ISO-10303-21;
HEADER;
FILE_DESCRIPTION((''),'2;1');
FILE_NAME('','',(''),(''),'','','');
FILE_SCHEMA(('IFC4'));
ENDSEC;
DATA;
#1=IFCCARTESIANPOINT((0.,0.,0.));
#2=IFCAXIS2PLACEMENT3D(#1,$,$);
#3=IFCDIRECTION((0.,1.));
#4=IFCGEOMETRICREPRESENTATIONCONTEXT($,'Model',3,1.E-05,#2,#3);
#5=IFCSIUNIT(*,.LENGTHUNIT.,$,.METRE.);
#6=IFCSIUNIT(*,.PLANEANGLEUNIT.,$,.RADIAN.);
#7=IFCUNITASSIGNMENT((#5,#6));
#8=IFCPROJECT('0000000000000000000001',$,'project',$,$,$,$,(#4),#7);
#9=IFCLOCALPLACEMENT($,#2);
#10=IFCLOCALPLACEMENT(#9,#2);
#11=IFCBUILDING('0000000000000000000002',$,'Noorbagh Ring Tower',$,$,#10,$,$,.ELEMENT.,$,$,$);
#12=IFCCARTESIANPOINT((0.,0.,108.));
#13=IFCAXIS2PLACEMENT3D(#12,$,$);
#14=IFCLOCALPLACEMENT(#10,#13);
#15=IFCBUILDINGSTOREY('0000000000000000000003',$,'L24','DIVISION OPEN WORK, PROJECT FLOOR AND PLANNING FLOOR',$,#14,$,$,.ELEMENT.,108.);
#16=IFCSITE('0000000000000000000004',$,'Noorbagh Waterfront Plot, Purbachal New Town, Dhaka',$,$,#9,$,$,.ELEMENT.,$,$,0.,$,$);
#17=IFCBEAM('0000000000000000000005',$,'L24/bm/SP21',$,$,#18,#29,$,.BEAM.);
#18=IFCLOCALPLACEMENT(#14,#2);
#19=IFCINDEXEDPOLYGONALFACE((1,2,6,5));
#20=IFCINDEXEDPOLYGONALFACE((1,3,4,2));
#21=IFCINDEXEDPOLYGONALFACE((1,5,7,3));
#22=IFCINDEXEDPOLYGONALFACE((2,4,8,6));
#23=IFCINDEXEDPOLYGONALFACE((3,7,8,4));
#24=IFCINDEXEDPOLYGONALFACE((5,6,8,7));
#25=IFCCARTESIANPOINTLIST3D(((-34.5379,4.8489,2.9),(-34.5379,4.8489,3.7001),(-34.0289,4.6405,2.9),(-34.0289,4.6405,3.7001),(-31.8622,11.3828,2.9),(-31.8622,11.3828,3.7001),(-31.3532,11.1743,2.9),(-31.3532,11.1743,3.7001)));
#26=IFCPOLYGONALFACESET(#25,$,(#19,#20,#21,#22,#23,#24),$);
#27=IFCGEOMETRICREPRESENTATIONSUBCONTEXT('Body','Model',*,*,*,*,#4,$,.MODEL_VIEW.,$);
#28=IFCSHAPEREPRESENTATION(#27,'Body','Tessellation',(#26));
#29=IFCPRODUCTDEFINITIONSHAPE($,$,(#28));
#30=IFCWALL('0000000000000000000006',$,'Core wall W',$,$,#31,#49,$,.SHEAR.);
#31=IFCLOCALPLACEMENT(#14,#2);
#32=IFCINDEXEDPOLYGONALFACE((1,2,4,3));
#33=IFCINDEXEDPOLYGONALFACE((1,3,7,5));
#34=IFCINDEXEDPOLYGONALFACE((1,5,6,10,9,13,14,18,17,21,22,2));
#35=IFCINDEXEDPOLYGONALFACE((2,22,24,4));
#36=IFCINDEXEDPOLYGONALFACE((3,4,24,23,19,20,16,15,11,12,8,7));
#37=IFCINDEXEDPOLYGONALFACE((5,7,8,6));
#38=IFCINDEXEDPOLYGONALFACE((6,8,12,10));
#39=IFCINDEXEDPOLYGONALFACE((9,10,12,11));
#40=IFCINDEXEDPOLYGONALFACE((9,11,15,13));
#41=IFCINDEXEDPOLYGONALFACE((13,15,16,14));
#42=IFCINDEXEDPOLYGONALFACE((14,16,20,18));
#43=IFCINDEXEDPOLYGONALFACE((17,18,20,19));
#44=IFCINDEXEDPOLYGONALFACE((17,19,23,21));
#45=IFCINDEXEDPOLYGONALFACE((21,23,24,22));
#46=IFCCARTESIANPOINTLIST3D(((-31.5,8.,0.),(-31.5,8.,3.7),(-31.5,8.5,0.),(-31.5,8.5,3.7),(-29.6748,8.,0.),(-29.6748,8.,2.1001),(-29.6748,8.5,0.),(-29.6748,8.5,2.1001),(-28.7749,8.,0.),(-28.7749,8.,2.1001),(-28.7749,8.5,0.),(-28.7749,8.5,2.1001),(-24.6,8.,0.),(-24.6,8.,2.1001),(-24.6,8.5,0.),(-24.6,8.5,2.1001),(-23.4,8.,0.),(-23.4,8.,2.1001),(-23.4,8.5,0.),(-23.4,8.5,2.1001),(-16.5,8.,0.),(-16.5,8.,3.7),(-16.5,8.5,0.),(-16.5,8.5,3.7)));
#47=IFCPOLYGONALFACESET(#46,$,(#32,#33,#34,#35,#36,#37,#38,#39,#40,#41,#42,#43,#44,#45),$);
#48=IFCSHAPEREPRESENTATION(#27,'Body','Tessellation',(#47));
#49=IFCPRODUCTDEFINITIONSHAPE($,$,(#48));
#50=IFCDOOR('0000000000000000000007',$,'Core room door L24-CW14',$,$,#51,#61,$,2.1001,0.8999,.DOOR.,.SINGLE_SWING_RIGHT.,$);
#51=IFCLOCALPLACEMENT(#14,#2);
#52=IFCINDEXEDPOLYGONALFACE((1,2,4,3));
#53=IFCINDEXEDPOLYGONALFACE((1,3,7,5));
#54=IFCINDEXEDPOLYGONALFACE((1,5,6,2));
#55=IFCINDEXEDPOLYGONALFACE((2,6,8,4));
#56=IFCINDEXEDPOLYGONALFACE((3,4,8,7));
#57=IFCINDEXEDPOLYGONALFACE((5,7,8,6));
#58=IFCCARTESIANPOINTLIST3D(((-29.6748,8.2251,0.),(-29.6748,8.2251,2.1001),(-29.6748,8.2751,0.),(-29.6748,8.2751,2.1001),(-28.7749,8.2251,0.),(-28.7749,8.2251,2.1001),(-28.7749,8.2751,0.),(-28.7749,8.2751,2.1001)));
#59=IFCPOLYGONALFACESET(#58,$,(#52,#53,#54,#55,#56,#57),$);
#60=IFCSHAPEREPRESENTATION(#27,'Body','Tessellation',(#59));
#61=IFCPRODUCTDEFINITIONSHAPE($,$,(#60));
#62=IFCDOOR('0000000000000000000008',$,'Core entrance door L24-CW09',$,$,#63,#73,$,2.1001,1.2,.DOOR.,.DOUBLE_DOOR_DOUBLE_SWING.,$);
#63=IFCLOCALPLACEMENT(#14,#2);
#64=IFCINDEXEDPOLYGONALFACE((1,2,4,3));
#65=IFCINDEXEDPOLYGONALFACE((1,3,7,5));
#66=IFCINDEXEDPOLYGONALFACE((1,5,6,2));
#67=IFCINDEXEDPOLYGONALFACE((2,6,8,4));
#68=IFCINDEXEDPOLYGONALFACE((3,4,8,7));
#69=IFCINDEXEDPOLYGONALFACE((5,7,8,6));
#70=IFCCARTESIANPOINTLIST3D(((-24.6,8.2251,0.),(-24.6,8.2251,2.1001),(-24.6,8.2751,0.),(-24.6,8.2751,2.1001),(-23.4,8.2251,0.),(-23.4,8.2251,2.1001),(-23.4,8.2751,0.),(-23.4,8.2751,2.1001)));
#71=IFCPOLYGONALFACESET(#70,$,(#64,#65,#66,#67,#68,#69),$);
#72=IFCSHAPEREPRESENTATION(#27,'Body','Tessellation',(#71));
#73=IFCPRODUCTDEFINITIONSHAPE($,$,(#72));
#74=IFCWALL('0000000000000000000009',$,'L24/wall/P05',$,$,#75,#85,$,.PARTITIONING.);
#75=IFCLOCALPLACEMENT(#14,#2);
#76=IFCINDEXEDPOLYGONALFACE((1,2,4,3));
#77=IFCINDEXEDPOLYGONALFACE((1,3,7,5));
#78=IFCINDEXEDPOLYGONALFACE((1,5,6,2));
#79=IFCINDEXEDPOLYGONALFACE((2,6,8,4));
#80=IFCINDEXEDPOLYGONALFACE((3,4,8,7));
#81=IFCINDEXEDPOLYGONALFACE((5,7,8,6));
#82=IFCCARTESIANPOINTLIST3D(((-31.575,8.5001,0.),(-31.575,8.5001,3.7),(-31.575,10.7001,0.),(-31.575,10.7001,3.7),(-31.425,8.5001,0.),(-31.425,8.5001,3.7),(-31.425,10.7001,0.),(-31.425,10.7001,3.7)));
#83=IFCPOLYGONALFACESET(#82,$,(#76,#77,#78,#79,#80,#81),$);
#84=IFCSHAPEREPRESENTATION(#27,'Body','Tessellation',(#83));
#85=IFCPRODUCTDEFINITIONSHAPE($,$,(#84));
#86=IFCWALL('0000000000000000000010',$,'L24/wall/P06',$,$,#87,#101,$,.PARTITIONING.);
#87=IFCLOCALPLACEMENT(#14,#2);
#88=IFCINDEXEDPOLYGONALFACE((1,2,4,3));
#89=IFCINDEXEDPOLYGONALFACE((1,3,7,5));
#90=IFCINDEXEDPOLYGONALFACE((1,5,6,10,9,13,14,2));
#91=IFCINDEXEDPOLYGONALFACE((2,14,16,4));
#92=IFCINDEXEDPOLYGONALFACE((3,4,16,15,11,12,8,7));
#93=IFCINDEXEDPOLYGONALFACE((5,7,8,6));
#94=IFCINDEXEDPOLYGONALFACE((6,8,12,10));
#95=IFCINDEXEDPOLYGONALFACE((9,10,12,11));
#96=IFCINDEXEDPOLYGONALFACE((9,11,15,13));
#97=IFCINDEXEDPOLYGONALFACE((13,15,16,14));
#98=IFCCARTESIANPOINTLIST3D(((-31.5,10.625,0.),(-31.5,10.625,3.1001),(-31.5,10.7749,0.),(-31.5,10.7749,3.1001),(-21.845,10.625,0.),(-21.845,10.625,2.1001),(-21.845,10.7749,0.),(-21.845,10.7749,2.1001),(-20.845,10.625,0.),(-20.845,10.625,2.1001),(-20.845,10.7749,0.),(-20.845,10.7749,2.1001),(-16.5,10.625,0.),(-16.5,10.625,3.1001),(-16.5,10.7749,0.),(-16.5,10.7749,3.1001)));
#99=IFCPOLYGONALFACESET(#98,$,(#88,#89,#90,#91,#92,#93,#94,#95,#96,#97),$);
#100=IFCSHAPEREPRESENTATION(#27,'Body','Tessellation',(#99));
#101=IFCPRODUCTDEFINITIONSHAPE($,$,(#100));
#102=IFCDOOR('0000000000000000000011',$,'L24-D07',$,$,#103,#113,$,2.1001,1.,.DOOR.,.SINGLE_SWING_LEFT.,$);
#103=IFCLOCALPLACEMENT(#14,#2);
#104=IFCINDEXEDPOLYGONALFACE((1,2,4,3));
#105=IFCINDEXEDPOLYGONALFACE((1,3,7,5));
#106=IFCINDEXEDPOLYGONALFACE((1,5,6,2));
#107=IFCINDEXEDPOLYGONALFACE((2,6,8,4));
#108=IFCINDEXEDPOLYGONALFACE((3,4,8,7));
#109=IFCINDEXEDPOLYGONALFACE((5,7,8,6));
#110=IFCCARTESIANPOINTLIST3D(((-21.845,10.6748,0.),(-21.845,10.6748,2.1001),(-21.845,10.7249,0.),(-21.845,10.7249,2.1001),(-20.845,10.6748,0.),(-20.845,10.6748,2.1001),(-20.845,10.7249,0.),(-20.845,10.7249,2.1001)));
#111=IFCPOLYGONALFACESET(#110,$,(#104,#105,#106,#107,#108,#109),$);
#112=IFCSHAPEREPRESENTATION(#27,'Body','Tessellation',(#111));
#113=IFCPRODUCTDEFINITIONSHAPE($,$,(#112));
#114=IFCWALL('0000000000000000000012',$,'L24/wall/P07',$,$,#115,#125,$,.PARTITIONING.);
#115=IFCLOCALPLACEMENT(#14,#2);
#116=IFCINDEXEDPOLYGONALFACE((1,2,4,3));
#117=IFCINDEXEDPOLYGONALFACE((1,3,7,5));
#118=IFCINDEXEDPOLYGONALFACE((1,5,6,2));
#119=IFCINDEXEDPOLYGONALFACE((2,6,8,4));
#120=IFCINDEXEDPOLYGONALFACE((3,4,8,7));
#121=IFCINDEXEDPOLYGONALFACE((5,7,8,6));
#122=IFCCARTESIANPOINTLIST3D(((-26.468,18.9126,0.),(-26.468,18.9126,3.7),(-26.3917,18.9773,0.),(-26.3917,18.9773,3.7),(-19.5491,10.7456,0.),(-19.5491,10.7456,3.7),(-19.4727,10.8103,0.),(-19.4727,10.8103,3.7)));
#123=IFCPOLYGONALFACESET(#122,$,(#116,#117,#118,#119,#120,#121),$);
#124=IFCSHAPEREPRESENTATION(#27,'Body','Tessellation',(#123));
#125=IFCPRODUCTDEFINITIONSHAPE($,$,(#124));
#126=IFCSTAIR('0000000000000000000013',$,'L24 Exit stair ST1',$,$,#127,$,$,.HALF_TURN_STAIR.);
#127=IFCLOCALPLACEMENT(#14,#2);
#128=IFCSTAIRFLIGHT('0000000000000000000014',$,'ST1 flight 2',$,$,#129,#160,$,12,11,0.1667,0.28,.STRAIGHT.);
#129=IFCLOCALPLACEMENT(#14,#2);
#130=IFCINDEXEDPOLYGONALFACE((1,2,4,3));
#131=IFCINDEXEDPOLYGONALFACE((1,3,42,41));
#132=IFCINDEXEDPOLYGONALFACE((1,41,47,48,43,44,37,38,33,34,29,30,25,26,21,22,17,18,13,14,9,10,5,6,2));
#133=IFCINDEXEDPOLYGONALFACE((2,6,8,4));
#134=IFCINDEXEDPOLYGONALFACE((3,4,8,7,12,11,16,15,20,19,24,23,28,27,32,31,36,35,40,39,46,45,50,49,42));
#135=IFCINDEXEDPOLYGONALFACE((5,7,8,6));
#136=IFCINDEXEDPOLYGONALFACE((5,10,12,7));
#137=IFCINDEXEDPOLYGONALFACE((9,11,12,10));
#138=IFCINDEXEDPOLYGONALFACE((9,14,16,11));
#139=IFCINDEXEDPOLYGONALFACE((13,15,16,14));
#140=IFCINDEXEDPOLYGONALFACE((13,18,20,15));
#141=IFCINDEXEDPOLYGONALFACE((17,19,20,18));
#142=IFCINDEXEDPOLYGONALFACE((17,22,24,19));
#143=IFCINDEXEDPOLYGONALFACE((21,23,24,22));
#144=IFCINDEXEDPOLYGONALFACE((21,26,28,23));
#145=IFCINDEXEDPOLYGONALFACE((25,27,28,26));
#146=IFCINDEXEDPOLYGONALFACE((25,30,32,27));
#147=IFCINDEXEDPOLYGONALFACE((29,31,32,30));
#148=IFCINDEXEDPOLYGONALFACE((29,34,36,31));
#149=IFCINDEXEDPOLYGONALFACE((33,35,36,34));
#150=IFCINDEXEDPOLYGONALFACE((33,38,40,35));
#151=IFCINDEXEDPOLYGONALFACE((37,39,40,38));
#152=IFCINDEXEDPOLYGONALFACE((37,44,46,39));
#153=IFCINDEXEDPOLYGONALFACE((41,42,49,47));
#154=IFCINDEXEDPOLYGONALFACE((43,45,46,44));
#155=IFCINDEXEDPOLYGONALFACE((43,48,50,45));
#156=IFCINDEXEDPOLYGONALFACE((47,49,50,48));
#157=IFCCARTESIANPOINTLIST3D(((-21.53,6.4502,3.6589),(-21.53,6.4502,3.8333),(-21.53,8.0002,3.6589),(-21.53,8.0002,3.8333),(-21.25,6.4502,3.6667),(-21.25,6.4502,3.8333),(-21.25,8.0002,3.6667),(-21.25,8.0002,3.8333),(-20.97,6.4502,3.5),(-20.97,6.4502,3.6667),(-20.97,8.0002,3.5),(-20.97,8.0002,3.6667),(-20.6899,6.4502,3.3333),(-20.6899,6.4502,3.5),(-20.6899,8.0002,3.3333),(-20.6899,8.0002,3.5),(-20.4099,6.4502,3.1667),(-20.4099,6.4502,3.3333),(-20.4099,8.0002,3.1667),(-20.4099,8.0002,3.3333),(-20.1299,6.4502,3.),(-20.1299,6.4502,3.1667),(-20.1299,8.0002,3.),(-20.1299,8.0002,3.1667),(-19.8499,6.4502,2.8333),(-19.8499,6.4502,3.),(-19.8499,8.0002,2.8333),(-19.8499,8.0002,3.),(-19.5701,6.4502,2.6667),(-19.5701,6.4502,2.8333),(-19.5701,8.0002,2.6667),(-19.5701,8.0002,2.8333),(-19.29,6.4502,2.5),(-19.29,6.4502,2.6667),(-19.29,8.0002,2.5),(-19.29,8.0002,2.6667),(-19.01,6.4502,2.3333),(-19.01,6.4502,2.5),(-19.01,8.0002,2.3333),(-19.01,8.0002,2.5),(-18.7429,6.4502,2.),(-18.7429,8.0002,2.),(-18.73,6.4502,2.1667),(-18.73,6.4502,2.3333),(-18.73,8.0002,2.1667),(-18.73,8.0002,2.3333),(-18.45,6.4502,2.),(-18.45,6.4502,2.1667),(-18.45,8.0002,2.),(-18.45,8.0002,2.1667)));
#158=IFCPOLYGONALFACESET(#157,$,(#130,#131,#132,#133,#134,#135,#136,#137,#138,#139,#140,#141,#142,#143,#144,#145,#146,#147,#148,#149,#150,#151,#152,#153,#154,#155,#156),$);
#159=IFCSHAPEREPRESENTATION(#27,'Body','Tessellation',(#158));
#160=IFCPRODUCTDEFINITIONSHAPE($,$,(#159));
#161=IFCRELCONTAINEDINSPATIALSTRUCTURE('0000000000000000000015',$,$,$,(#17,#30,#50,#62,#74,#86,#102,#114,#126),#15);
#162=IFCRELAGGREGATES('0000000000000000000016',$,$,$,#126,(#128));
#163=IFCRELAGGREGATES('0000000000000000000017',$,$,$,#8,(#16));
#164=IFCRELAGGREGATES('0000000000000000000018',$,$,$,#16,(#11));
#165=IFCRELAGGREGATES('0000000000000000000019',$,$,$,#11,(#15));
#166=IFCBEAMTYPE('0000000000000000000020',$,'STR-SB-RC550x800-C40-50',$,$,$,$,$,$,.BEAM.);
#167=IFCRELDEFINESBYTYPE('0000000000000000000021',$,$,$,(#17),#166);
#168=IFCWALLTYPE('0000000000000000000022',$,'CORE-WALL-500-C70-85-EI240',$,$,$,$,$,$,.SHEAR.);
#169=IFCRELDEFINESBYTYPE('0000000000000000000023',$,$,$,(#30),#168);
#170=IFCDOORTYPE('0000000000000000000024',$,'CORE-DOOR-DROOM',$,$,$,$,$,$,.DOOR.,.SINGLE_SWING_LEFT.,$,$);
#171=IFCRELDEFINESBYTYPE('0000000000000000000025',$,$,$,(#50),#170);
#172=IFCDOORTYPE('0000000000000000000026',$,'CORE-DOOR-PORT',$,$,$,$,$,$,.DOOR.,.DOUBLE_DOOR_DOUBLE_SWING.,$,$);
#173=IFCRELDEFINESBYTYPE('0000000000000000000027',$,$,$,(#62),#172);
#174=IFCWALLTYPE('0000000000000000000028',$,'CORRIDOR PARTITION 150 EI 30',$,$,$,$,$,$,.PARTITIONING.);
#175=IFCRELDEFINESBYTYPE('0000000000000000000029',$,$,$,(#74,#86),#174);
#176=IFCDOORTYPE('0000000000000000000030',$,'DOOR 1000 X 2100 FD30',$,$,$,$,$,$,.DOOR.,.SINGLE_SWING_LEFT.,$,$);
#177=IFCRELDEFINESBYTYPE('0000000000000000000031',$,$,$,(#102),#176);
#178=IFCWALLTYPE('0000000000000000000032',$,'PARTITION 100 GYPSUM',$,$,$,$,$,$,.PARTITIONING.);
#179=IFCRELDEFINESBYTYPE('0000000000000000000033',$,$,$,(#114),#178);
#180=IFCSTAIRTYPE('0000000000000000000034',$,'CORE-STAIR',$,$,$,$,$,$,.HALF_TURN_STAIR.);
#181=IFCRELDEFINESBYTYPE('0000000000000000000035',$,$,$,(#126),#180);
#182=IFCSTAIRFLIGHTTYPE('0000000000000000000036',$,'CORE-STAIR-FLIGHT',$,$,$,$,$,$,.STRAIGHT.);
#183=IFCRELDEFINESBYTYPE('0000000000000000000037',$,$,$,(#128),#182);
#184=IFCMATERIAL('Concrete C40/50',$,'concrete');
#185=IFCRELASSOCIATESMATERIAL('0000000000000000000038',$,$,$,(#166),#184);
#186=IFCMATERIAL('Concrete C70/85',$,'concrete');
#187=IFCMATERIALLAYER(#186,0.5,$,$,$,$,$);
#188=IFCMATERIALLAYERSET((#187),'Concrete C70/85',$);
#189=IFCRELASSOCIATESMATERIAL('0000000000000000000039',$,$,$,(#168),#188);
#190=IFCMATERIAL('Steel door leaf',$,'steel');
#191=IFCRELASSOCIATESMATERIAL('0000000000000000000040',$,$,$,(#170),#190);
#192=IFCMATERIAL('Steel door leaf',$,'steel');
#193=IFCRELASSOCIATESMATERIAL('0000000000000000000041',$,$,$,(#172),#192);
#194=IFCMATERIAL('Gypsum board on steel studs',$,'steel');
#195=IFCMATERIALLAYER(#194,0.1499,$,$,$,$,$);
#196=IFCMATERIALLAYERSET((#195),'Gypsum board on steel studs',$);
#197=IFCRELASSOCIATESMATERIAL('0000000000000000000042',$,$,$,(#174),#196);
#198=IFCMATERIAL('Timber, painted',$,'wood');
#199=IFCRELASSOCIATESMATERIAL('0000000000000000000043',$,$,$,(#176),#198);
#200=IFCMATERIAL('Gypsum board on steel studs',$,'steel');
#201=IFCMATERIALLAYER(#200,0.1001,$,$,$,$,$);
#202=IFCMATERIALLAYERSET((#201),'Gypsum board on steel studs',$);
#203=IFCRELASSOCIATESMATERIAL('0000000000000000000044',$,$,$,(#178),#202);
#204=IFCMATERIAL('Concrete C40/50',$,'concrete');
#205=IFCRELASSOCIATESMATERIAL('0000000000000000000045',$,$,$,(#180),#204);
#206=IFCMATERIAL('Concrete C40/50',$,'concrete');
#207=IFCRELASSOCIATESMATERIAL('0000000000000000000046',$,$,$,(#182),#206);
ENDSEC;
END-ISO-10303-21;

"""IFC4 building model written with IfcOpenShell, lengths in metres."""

from ifc_helpers import new_model, si_unit, direction, frame, frame_2d, origin, origin_2d, place, context, subcontext, project, spatial, polyline, rectangle, outline, extrude, material, layer, layer_set, material_profile, profile_set, type_object, element, fill, aggregate, save


model = new_model("IFC4")

# Units and contexts
model_context = context("Model", 3, precision=1e-05, world=origin(), true_north=direction((0.0, 1.0)))
body_context = subcontext(model_context, "Body", "Model", "MODEL_VIEW")
ifc_project = project(units=[si_unit("LENGTHUNIT", "METRE"), si_unit("PLANEANGLEUNIT", "RADIAN")], contexts=[model_context])

# Site, building, storey
site_placement = place(None, origin())
site = spatial("IfcSite", under=ifc_project, at=site_placement, Name="Noorbagh Waterfront Plot, Purbachal New Town, Dhaka", CompositionType="ELEMENT", RefElevation=0.0)
building_placement = place(site_placement, origin())
building = spatial("IfcBuilding", under=site, at=building_placement, Name="Noorbagh Ring Tower", CompositionType="ELEMENT")
storey_placement = place(building_placement, frame((0.0, 0.0, 108.0)))
storey = spatial("IfcBuildingStorey", under=building, at=storey_placement, Name="L24", Description="DIVISION OPEN WORK, PROJECT FLOOR AND PLANNING FLOOR", CompositionType="ELEMENT", Elevation=108.0)

# Beam
ifc_material_1 = material(Name="Concrete C40/50", Category="concrete")
ifc_material_profile_1 = material_profile(ifc_material_1, rectangle(XDim=0.55, YDim=0.8, at=origin_2d()), Name="RC550x800")
ifc_profile_set_1 = profile_set([ifc_material_profile_1], Name="Concrete C40/50")
beam_type_1 = type_object("IfcBeamType", Name="STR-SB-RC550x800-C40-50", PredefinedType="BEAM", material=ifc_profile_set_1)
beam_1_placement = place(storey_placement, frame((-31.6077, 11.2786, 3.3), z_axis=(-0.378973, -0.925408, 0.0), x_axis=(0.925408, -0.378973, 0.0)))
element("IfcBeam", 1, at=beam_1_placement, inside=storey, type_object=beam_type_1, Name="L24/bm/SP21", PredefinedType="BEAM", context=body_context, shape_type="SweptSolid", body=[
    extrude(rectangle(XDim=0.55, YDim=0.8, at=origin_2d()), origin(), (0.0, 0.0, 1.0), 7.0605),
])

# Wall, openings, doors
ifc_material_2 = material(Name="Concrete C70/85", Category="concrete")
ifc_layer_1 = layer(ifc_material_2, 0.5)
ifc_layer_set_1 = layer_set([ifc_layer_1], Name="Concrete C70/85")
wall_type_1 = type_object("IfcWallType", Name="CORE-WALL-500-C70-85-EI240", PredefinedType="SHEAR", material=ifc_layer_set_1)
wall_1_placement = place(storey_placement, frame((-16.5, 8.25, 0.0), z_axis=(0.0, 0.0, 1.0), x_axis=(-1.0, 0.0, 0.0)))
wall_1 = element("IfcWall", 2, at=wall_1_placement, inside=storey, type_object=wall_type_1, Name="Core wall W", PredefinedType="SHEAR", context=body_context, shape_type="SweptSolid", body=[
    extrude(rectangle(XDim=15.0, YDim=0.5, at=frame_2d((7.5, 0.0))), origin(), (0.0, 0.0, 1.0), 3.7),
])
opening_1_placement = place(wall_1_placement, frame((6.8999, 0.0, 0.0)))
opening_1 = element("IfcOpeningElement", 3, at=opening_1_placement, cuts=wall_1, PredefinedType="OPENING", context=body_context, shape_type="SweptSolid", body=[
    extrude(rectangle(XDim=1.2, YDim=2.1001, at=frame_2d((0.6001, 1.05))), frame((0.0, 0.26, 0.0), z_axis=(0.0, -1.0, 0.0), x_axis=(1.0, 0.0, 0.0)), (0.0, 0.0, 1.0), 0.52),
])
opening_2_placement = place(wall_1_placement, frame((12.2749, 0.0, 0.0)))
opening_2 = element("IfcOpeningElement", 4, at=opening_2_placement, cuts=wall_1, PredefinedType="OPENING", context=body_context, shape_type="SweptSolid", body=[
    extrude(rectangle(XDim=0.8999, YDim=2.1001, at=frame_2d((0.45, 1.05))), frame((0.0, 0.26, 0.0), z_axis=(0.0, -1.0, 0.0), x_axis=(1.0, 0.0, 0.0)), (0.0, 0.0, 1.0), 0.52),
])
ifc_material_3 = material(Name="Steel door leaf", Category="steel")
door_type_1 = type_object("IfcDoorType", Name="CORE-DOOR-DROOM", OperationType="SINGLE_SWING_LEFT", PredefinedType="DOOR", material=ifc_material_3)
door_1_placement = place(opening_2_placement, origin())
door_1 = element("IfcDoor", 5, at=door_1_placement, inside=storey, type_object=door_type_1, Name="Core room door L24-CW14", OperationType="SINGLE_SWING_RIGHT", OverallHeight=2.1001, OverallWidth=0.8999, PredefinedType="DOOR", context=body_context, shape_type="SweptSolid", body=[
    extrude(rectangle(XDim=0.8999, YDim=2.1001, at=frame_2d((0.45, 1.05))), frame((0.0, 0.0249, 0.0), z_axis=(0.0, -1.0, 0.0), x_axis=(1.0, 0.0, 0.0)), (0.0, 0.0, 1.0), 0.05),
])
fill(opening_2, door_1)
ifc_material_4 = material(Name="Steel door leaf", Category="steel")
door_type_2 = type_object("IfcDoorType", Name="CORE-DOOR-PORT", OperationType="DOUBLE_DOOR_DOUBLE_SWING", PredefinedType="DOOR", material=ifc_material_4)
door_2_placement = place(opening_1_placement, origin())
door_2 = element("IfcDoor", 6, at=door_2_placement, inside=storey, type_object=door_type_2, Name="Core entrance door L24-CW09", OperationType="DOUBLE_DOOR_DOUBLE_SWING", OverallHeight=2.1001, OverallWidth=1.2, PredefinedType="DOOR", context=body_context, shape_type="SweptSolid", body=[
    extrude(rectangle(XDim=1.2, YDim=2.1001, at=frame_2d((0.6001, 1.05))), frame((0.0, 0.0249, 0.0), z_axis=(0.0, -1.0, 0.0), x_axis=(1.0, 0.0, 0.0)), (0.0, 0.0, 1.0), 0.05),
])
fill(opening_1, door_2)

# Wall
ifc_material_5 = material(Name="Gypsum board on steel studs", Category="steel")
ifc_layer_2 = layer(ifc_material_5, 0.1499)
ifc_layer_set_2 = layer_set([ifc_layer_2], Name="Gypsum board on steel studs")
wall_type_2 = type_object("IfcWallType", Name="CORRIDOR PARTITION 150 EI 30", PredefinedType="PARTITIONING", material=ifc_layer_set_2)
wall_2_placement = place(storey_placement, frame((-31.5, 8.5, 0.0), z_axis=(0.0, 0.0, 1.0), x_axis=(0.0, 1.0, 0.0)))
element("IfcWall", 7, at=wall_2_placement, inside=storey, type_object=wall_type_2, Name="L24/wall/P05", PredefinedType="PARTITIONING", context=body_context, shape_type="SweptSolid", body=[
    extrude(rectangle(XDim=2.2, YDim=0.1499, at=frame_2d((1.1001, 0.0))), origin(), (0.0, 0.0, 1.0), 3.7),
])

# Wall, opening, door
wall_3_placement = place(storey_placement, frame((-31.5, 10.7, 0.0), z_axis=(0.0, 0.0, 1.0), x_axis=(1.0, 0.0, 0.0)))
wall_3 = element("IfcWall", 8, at=wall_3_placement, inside=storey, type_object=wall_type_2, Name="L24/wall/P06", PredefinedType="PARTITIONING", context=body_context, shape_type="SweptSolid", body=[
    extrude(rectangle(XDim=15.0, YDim=0.1499, at=frame_2d((7.5, 0.0))), origin(), (0.0, 0.0, 1.0), 3.1001),
])
opening_3_placement = place(wall_3_placement, frame((9.655, 0.0, 0.0)))
opening_3 = element("IfcOpeningElement", 9, at=opening_3_placement, cuts=wall_3, PredefinedType="OPENING", context=body_context, shape_type="SweptSolid", body=[
    extrude(rectangle(XDim=1.0, YDim=2.1001, at=frame_2d((0.5, 1.05))), frame((0.0, 0.085, 0.0), z_axis=(0.0, -1.0, 0.0), x_axis=(1.0, 0.0, 0.0)), (0.0, 0.0, 1.0), 0.1699),
])
ifc_material_6 = material(Name="Timber, painted", Category="wood")
door_type_3 = type_object("IfcDoorType", Name="DOOR 1000 X 2100 FD30", OperationType="SINGLE_SWING_LEFT", PredefinedType="DOOR", material=ifc_material_6)
door_3_placement = place(opening_3_placement, origin())
door_3 = element("IfcDoor", 10, at=door_3_placement, inside=storey, type_object=door_type_3, Name="L24-D07", OperationType="SINGLE_SWING_LEFT", OverallHeight=2.1001, OverallWidth=1.0, PredefinedType="DOOR", context=body_context, shape_type="SweptSolid", body=[
    extrude(rectangle(XDim=1.0, YDim=2.1001, at=frame_2d((0.5, 1.05))), frame((0.0, 0.0249, 0.0), z_axis=(0.0, -1.0, 0.0), x_axis=(1.0, 0.0, 0.0)), (0.0, 0.0, 1.0), 0.05),
])
fill(opening_3, door_3)

# Wall
ifc_material_7 = material(Name="Gypsum board on steel studs", Category="steel")
ifc_layer_3 = layer(ifc_material_7, 0.1001)
ifc_layer_set_3 = layer_set([ifc_layer_3], Name="Gypsum board on steel studs")
wall_type_3 = type_object("IfcWallType", Name="PARTITION 100 GYPSUM", PredefinedType="PARTITIONING", material=ifc_layer_set_3)
wall_4_placement = place(storey_placement, frame((-26.4299, 18.9451, 0.0), z_axis=(0.0, 0.0, 1.0), x_axis=(0.6464, -0.762999, 0.0)))
element("IfcWall", 11, at=wall_4_placement, inside=storey, type_object=wall_type_3, Name="L24/wall/P07", PredefinedType="PARTITIONING", context=body_context, shape_type="SweptSolid", body=[
    extrude(rectangle(XDim=10.7039, YDim=0.1001, at=frame_2d((5.3521, 0.0))), origin(), (0.0, 0.0, 1.0), 3.7),
])

# Stair, stair flight
ifc_material_8 = material(Name="Concrete C40/50", Category="concrete")
stair_type = type_object("IfcStairType", Name="CORE-STAIR", PredefinedType="HALF_TURN_STAIR", material=ifc_material_8)
stair_placement = place(storey_placement, origin())
stair = element("IfcStair", 12, at=stair_placement, inside=storey, type_object=stair_type, Name="L24 Exit stair ST1", PredefinedType="HALF_TURN_STAIR")
ifc_material_9 = material(Name="Concrete C40/50", Category="concrete")
stair_flight_type = type_object("IfcStairFlightType", Name="CORE-STAIR-FLIGHT", PredefinedType="STRAIGHT", material=ifc_material_9)
stair_flight_placement = place(storey_placement, frame((-18.45, 7.2251, 2.0), z_axis=(0.0, 0.0, 1.0), x_axis=(-1.0, 0.0, 0.0)))
stair_flight = element("IfcStairFlight", 13, at=stair_flight_placement, type_object=stair_flight_type, Name="ST1 flight 2", NumberOfRisers=12, NumberOfTreads=11, PredefinedType="STRAIGHT", RiserHeight=0.1667, TreadLength=0.28, context=body_context, shape_type="SweptSolid", body=[
    extrude(outline(polyline([(0.0, 0.0), (0.0, 0.1667), (0.28, 0.1667), (0.28, 0.3333), (0.5601, 0.3333), (0.5601, 0.5), (0.8401, 0.5), (0.8401, 0.6667), (1.1201, 0.6667), (1.1201, 0.8333), (1.3999, 0.8333), (1.3999, 1.0), (1.6799, 1.0), (1.6799, 1.1667), (1.96, 1.1667), (1.96, 1.3333), (2.24, 1.3333), (2.24, 1.5), (2.52, 1.5), (2.52, 1.6667), (2.8, 1.6667), (2.8, 1.8333), (3.0801, 1.8333), (3.0801, 2.0), (3.0801, 1.6589), (0.293, 0.0), (0.0, 0.0)])), frame((0.0, 0.7749, 0.0), z_axis=(0.0, -1.0, 0.0), x_axis=(1.0, 0.0, 0.0)), (0.0, 0.0, 1.0), 1.55),
])
aggregate(stair, [stair_flight])

save(model, "model.ifc")
